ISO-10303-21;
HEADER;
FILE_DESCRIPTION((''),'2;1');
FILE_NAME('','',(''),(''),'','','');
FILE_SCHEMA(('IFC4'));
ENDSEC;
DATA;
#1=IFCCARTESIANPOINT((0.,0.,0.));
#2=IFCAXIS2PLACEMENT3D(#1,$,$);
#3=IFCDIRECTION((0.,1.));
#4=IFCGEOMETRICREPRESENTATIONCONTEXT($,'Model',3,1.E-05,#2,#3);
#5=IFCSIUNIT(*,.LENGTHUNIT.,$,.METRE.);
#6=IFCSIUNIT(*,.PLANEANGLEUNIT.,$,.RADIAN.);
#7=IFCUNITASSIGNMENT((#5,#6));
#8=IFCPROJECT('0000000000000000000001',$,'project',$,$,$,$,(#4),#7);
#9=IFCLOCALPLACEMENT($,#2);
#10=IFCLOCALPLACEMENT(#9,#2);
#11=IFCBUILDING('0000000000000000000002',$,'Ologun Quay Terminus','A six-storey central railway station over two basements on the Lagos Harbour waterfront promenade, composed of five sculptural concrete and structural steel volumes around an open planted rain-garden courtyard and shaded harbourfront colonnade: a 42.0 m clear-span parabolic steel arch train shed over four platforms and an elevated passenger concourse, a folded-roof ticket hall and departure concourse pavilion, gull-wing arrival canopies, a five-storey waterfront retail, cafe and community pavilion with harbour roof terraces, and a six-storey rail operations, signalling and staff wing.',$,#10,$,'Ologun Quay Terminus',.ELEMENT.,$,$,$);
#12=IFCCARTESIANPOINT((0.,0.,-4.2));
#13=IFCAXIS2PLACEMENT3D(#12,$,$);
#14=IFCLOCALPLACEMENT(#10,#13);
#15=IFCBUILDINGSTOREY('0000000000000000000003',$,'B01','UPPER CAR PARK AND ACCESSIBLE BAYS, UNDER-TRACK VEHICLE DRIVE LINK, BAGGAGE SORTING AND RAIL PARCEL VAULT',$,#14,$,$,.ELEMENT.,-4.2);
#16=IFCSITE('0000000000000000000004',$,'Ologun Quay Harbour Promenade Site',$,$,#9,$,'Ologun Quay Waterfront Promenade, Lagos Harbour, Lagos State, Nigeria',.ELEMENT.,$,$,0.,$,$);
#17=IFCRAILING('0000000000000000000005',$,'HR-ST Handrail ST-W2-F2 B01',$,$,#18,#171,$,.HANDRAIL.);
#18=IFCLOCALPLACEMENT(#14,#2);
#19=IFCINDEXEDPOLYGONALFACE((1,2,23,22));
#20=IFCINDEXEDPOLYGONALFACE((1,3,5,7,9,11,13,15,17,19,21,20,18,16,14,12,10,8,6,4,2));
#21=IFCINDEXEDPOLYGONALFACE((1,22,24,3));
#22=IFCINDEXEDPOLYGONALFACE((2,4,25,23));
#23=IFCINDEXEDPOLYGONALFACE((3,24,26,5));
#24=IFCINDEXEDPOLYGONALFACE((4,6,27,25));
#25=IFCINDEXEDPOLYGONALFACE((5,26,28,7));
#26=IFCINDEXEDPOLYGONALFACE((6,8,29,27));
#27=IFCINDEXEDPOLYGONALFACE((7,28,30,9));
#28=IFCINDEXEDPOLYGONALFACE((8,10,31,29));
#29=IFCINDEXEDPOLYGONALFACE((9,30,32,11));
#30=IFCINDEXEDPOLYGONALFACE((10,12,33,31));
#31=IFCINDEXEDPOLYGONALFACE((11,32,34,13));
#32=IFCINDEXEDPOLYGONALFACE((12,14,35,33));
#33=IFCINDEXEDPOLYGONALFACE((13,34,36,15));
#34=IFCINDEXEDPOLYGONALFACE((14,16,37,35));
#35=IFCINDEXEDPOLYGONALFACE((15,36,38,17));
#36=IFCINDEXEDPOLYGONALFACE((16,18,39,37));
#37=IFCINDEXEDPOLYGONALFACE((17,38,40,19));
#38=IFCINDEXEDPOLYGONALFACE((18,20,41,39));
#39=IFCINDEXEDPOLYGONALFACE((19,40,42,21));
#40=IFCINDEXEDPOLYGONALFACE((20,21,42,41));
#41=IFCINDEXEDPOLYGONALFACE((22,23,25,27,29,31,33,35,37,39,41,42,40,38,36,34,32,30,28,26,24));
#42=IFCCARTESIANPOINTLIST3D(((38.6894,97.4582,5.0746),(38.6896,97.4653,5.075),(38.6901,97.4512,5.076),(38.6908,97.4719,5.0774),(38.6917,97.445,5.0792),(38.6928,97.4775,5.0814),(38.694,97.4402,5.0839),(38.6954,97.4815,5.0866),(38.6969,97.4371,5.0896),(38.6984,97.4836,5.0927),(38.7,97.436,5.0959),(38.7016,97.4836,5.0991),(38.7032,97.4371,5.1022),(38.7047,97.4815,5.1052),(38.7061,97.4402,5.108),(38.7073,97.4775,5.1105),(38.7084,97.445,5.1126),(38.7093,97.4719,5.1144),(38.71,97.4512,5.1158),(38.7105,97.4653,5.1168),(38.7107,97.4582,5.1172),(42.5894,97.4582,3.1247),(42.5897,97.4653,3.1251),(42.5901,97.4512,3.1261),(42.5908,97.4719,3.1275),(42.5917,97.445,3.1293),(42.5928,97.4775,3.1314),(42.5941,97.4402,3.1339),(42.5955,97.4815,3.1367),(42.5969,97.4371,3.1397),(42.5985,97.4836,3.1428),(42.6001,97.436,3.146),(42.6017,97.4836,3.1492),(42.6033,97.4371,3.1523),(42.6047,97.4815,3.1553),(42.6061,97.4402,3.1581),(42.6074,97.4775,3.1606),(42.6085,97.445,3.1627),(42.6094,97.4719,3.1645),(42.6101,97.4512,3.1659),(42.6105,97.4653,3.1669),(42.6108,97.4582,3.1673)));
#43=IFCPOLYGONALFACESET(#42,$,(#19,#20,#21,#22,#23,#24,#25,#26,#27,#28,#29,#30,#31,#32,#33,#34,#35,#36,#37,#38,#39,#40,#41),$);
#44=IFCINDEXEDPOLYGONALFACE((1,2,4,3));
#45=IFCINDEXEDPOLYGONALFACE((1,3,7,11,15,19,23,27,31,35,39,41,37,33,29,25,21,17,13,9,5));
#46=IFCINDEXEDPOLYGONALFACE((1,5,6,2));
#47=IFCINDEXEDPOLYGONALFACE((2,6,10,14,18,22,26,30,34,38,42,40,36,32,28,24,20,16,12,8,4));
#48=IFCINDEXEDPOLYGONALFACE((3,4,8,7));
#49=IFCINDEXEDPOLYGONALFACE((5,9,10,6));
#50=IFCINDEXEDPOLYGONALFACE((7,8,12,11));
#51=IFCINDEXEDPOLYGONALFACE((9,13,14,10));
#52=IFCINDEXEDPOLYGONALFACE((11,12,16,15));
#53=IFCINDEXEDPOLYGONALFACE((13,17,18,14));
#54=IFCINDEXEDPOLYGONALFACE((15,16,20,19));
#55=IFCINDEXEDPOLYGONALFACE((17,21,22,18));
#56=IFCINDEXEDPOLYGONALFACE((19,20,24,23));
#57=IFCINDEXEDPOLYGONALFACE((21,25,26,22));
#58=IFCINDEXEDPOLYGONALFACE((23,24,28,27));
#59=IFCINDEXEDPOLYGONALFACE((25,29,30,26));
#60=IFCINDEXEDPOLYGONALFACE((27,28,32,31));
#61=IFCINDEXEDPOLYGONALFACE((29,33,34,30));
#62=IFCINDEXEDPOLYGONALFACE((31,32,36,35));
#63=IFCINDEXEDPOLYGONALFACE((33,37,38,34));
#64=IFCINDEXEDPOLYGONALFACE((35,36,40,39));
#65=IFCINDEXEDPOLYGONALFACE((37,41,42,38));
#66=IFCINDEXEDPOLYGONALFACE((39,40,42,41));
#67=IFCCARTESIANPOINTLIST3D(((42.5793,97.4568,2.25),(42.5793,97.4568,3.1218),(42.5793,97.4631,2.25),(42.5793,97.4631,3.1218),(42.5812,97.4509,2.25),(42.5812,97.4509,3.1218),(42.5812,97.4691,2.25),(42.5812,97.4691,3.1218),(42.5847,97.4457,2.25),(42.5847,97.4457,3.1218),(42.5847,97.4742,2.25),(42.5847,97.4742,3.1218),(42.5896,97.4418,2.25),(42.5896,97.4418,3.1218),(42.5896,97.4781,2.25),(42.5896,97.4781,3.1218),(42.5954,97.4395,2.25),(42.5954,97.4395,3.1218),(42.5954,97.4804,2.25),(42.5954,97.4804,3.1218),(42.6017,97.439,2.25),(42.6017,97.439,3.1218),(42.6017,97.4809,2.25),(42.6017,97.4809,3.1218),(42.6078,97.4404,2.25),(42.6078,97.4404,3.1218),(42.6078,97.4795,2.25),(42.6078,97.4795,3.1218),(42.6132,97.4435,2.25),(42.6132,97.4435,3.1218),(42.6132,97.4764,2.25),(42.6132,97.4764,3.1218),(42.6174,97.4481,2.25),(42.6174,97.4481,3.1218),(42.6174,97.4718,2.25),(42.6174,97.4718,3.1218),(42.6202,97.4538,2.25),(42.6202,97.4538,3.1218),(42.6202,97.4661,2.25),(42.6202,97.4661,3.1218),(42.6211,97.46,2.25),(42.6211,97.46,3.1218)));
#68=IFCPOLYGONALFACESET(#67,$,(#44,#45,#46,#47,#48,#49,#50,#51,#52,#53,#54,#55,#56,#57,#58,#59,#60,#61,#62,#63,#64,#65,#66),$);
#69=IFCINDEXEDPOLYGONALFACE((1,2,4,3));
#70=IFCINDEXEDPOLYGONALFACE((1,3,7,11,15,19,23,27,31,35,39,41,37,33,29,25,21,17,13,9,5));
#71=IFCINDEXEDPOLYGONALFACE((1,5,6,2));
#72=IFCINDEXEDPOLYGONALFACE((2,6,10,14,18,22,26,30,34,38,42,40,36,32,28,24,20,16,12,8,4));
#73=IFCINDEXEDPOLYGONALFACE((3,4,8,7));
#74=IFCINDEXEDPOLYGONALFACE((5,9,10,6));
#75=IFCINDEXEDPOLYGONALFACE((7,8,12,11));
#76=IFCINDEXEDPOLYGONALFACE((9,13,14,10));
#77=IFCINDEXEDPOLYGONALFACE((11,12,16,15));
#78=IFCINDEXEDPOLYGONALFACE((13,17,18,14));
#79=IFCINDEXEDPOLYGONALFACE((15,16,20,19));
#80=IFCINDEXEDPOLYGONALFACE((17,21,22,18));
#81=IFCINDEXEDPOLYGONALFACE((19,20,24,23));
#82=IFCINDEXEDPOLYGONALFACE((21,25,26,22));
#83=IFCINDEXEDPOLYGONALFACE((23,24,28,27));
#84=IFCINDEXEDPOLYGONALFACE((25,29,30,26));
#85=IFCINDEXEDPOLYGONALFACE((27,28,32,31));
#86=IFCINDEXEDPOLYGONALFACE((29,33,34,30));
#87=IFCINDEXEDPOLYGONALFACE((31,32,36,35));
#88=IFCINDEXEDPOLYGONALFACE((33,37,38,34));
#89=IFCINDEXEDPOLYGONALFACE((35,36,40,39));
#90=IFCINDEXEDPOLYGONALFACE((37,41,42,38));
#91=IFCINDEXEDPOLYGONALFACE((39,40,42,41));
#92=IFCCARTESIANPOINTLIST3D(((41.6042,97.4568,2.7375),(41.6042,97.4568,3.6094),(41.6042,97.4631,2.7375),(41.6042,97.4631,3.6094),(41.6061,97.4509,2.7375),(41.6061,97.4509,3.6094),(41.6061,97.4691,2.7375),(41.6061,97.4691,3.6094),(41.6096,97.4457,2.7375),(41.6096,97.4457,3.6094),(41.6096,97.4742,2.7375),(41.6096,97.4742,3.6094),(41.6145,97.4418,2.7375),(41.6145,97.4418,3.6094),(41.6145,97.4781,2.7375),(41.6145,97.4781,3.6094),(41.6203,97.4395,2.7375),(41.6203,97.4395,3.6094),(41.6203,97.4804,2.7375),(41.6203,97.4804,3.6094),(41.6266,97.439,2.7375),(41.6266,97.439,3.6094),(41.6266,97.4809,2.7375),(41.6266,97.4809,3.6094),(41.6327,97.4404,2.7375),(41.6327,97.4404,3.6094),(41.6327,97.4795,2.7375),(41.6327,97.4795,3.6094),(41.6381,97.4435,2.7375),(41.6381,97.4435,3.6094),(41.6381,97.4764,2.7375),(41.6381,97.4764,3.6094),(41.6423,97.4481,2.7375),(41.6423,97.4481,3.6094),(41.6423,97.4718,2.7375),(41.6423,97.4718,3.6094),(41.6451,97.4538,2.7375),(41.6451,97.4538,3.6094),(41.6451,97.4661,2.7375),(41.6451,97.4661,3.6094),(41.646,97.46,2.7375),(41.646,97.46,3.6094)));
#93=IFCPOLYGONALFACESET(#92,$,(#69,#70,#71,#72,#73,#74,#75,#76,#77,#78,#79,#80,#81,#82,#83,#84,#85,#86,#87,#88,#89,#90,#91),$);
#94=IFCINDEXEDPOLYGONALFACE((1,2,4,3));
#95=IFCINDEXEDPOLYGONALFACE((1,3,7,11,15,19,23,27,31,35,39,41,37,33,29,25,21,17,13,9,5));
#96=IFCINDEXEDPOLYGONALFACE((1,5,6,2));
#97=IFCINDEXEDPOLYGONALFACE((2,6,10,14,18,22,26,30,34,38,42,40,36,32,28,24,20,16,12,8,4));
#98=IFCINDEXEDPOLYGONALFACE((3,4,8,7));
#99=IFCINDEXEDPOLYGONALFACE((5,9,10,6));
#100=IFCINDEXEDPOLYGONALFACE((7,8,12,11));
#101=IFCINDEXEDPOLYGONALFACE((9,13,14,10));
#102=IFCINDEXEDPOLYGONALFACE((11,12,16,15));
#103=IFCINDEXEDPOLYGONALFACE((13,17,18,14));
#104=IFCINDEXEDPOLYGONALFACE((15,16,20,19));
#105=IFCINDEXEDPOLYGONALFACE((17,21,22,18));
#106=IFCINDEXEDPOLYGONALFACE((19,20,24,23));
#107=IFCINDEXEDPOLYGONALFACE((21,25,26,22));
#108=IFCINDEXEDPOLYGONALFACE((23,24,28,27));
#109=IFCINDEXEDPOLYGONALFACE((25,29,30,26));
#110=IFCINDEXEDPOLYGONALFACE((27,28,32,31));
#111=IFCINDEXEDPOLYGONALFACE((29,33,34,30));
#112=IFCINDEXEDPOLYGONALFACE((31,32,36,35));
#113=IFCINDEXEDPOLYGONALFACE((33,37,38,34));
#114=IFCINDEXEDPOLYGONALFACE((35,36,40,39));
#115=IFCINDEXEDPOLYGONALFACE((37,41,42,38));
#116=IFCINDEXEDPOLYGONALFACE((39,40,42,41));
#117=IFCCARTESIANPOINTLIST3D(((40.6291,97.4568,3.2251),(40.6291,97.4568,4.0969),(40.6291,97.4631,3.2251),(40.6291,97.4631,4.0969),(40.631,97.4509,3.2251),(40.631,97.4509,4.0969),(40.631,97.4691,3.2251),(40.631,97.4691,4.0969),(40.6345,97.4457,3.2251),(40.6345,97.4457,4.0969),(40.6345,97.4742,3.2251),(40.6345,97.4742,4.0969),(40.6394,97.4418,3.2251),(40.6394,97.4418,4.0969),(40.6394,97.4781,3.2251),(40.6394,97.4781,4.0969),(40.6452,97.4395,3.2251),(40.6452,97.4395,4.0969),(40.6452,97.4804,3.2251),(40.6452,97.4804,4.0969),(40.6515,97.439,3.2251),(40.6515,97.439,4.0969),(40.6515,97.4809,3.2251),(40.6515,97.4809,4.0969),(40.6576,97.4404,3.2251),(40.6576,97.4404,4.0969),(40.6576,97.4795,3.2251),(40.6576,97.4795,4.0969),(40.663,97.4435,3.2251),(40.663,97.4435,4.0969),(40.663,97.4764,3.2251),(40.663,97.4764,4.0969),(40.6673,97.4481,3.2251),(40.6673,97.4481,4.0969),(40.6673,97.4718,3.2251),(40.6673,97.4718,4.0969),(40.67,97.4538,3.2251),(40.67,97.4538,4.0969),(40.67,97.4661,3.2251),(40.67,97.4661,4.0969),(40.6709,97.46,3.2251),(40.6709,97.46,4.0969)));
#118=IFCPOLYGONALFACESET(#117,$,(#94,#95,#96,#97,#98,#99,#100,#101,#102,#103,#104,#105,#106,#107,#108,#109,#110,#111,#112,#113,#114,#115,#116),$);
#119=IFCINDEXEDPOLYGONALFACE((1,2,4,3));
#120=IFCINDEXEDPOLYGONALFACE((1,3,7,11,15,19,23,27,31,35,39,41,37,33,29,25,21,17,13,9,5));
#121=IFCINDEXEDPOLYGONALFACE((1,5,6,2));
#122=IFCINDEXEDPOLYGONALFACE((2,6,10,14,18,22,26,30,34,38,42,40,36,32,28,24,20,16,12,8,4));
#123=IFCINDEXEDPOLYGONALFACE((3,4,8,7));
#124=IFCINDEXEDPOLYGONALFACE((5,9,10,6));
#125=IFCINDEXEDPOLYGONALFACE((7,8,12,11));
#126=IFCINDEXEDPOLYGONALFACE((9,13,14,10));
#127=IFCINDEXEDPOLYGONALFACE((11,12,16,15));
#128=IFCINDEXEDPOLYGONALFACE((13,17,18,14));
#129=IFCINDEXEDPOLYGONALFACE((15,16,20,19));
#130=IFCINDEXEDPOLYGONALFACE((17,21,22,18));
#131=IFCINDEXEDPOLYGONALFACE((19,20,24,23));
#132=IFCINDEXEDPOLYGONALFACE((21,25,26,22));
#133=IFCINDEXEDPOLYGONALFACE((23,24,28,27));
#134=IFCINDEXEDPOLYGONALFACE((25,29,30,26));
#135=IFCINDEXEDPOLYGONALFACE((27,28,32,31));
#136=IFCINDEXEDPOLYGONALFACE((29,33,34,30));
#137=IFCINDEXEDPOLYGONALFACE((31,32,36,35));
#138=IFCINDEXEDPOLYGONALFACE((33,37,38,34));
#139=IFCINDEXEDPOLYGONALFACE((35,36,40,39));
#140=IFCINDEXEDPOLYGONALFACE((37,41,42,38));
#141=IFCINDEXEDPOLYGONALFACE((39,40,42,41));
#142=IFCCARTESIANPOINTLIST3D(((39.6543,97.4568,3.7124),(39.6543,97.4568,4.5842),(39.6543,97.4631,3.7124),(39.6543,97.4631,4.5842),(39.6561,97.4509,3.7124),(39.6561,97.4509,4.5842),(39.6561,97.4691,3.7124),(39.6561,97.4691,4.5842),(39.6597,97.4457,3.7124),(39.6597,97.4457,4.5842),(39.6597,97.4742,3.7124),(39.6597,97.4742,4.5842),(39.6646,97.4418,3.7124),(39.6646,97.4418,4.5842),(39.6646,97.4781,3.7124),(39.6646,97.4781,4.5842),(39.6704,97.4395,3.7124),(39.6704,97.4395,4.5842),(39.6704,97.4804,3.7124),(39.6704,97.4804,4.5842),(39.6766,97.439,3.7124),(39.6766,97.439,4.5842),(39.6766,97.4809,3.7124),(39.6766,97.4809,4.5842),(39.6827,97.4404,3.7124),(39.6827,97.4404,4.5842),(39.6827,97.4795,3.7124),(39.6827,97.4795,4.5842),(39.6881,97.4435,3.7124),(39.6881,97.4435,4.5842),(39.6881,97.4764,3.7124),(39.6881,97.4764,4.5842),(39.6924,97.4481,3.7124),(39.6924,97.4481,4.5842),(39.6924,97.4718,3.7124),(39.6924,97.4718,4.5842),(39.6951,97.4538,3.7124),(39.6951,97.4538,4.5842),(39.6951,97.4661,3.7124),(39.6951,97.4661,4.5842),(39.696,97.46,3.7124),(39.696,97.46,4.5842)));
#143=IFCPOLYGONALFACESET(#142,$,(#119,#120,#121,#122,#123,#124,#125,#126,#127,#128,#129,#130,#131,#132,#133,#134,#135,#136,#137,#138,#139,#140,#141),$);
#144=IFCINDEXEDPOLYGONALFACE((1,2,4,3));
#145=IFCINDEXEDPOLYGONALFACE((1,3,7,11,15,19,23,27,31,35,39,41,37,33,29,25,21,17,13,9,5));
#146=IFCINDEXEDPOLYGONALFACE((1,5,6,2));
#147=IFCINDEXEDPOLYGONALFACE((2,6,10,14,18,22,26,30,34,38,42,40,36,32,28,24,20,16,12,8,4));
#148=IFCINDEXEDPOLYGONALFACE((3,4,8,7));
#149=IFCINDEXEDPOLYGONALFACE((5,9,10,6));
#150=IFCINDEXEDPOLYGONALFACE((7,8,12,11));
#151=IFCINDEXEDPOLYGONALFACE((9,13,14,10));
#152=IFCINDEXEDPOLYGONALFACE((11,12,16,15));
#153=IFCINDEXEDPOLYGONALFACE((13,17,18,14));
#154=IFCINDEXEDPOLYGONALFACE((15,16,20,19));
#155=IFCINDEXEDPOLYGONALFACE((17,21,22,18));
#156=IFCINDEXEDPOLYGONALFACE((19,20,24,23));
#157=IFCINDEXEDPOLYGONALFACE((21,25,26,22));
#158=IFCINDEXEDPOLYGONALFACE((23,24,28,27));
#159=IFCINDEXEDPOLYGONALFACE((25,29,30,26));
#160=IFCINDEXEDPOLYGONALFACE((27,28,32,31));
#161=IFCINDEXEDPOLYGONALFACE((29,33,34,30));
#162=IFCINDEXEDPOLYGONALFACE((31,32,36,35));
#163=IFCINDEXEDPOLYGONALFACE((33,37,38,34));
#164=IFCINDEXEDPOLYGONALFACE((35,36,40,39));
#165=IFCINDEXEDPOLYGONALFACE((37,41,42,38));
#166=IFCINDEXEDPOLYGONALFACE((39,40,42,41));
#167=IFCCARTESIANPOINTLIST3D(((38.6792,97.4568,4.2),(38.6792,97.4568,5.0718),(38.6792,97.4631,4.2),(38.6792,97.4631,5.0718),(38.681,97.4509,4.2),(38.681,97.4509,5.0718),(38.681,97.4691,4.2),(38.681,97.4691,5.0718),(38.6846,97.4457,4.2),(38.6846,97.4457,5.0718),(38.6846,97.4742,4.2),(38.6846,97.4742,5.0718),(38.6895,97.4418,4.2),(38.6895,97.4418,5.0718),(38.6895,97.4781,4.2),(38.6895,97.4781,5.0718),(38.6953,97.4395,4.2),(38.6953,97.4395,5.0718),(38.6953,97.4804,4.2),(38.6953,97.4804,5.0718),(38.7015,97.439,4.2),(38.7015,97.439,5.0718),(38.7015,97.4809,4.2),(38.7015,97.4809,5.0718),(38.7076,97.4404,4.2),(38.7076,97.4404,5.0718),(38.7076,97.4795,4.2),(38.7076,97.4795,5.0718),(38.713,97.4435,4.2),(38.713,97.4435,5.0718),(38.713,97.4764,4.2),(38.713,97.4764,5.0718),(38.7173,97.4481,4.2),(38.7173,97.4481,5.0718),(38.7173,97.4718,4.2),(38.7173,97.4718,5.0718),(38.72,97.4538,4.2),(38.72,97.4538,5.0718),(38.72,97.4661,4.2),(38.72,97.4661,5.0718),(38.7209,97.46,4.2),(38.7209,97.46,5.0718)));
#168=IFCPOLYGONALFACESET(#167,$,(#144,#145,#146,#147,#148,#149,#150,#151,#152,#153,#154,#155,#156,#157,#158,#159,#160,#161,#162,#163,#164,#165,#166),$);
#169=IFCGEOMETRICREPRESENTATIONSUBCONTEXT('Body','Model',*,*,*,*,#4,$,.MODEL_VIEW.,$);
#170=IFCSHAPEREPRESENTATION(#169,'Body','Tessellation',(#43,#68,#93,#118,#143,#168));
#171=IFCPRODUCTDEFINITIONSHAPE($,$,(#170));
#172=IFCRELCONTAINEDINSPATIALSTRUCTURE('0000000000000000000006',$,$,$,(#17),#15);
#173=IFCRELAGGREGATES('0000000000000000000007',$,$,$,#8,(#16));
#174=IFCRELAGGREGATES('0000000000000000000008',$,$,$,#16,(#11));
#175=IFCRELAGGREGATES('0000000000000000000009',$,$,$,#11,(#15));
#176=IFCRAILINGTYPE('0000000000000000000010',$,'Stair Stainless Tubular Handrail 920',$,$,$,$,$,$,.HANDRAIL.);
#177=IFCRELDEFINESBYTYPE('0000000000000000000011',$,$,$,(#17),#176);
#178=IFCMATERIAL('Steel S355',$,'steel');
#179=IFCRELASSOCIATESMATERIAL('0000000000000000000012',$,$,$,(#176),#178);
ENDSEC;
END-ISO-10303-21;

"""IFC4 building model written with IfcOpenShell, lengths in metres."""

from ifc_helpers import new_model, si_unit, direction, frame, origin, origin_2d, place, context, subcontext, project, spatial, circle, extrude, material, type_object, element, save


model = new_model("IFC4")

# Units and contexts
model_context = context("Model", 3, precision=1e-05, world=origin(), true_north=direction((0.0, 1.0)))
body_context = subcontext(model_context, "Body", "Model", "MODEL_VIEW")
ifc_project = project(units=[si_unit("LENGTHUNIT", "METRE"), si_unit("PLANEANGLEUNIT", "RADIAN")], contexts=[model_context])

# Site, building, storey
site_placement = place(None, origin())
site = spatial("IfcSite", under=ifc_project, at=site_placement, Name="Ologun Quay Harbour Promenade Site", LongName="Ologun Quay Waterfront Promenade, Lagos Harbour, Lagos State, Nigeria", CompositionType="ELEMENT", RefElevation=0.0)
building_placement = place(site_placement, origin())
building = spatial("IfcBuilding", under=site, at=building_placement, Name="Ologun Quay Terminus", Description="A six-storey central railway station over two basements on the Lagos Harbour waterfront promenade, composed of five sculptural concrete and structural steel volumes around an open planted rain-garden courtyard and shaded harbourfront colonnade: a 42.0 m clear-span parabolic steel arch train shed over four platforms and an elevated passenger concourse, a folded-roof ticket hall and departure concourse pavilion, gull-wing arrival canopies, a five-storey waterfront retail, cafe and community pavilion with harbour roof terraces, and a six-storey rail operations, signalling and staff wing.", LongName="Ologun Quay Terminus", CompositionType="ELEMENT")
storey_placement = place(building_placement, frame((0.0, 0.0, -4.2)))
storey = spatial("IfcBuildingStorey", under=building, at=storey_placement, Name="B01", Description="UPPER CAR PARK AND ACCESSIBLE BAYS, UNDER-TRACK VEHICLE DRIVE LINK, BAGGAGE SORTING AND RAIL PARCEL VAULT", CompositionType="ELEMENT", Elevation=-4.2)

# Railing
ifc_material_1 = material(Name="Steel S355", Category="steel")
railing_type_1 = type_object("IfcRailingType", Name="Stair Stainless Tubular Handrail 920", PredefinedType="HANDRAIL", material=ifc_material_1)
railing_1_placement = place(storey_placement, frame((42.6001, 97.46, 2.25)))
element("IfcRailing", 1, at=railing_1_placement, inside=storey, type_object=railing_type_1, Name="HR-ST Handrail ST-W2-F2 B01", PredefinedType="HANDRAIL", context=body_context, shape_type="SweptSolid", body=[
    extrude(circle(Radius=0.0239, at=origin_2d()), frame((0.0, 0.0, 0.896), z_axis=(-0.894438, 0.0, 0.447191), x_axis=(0.0, -1.0, 0.0)), (0.0, 0.0, 1.0), 4.3604),
    extrude(circle(Radius=0.021, at=origin_2d()), origin(), (0.0, 0.0, 1.0), 0.8718),
    extrude(circle(Radius=0.021, at=origin_2d()), frame((-0.9751, 0.0, 0.4875)), (0.0, 0.0, 1.0), 0.8718),
    extrude(circle(Radius=0.021, at=origin_2d()), frame((-1.9502, 0.0, 0.9751)), (0.0, 0.0, 1.0), 0.8718),
    extrude(circle(Radius=0.021, at=origin_2d()), frame((-2.925, 0.0, 1.4624)), (0.0, 0.0, 1.0), 0.8718),
    extrude(circle(Radius=0.021, at=origin_2d()), frame((-3.9001, 0.0, 1.95)), (0.0, 0.0, 1.0), 0.8718),
])

save(model, "model.ifc")
